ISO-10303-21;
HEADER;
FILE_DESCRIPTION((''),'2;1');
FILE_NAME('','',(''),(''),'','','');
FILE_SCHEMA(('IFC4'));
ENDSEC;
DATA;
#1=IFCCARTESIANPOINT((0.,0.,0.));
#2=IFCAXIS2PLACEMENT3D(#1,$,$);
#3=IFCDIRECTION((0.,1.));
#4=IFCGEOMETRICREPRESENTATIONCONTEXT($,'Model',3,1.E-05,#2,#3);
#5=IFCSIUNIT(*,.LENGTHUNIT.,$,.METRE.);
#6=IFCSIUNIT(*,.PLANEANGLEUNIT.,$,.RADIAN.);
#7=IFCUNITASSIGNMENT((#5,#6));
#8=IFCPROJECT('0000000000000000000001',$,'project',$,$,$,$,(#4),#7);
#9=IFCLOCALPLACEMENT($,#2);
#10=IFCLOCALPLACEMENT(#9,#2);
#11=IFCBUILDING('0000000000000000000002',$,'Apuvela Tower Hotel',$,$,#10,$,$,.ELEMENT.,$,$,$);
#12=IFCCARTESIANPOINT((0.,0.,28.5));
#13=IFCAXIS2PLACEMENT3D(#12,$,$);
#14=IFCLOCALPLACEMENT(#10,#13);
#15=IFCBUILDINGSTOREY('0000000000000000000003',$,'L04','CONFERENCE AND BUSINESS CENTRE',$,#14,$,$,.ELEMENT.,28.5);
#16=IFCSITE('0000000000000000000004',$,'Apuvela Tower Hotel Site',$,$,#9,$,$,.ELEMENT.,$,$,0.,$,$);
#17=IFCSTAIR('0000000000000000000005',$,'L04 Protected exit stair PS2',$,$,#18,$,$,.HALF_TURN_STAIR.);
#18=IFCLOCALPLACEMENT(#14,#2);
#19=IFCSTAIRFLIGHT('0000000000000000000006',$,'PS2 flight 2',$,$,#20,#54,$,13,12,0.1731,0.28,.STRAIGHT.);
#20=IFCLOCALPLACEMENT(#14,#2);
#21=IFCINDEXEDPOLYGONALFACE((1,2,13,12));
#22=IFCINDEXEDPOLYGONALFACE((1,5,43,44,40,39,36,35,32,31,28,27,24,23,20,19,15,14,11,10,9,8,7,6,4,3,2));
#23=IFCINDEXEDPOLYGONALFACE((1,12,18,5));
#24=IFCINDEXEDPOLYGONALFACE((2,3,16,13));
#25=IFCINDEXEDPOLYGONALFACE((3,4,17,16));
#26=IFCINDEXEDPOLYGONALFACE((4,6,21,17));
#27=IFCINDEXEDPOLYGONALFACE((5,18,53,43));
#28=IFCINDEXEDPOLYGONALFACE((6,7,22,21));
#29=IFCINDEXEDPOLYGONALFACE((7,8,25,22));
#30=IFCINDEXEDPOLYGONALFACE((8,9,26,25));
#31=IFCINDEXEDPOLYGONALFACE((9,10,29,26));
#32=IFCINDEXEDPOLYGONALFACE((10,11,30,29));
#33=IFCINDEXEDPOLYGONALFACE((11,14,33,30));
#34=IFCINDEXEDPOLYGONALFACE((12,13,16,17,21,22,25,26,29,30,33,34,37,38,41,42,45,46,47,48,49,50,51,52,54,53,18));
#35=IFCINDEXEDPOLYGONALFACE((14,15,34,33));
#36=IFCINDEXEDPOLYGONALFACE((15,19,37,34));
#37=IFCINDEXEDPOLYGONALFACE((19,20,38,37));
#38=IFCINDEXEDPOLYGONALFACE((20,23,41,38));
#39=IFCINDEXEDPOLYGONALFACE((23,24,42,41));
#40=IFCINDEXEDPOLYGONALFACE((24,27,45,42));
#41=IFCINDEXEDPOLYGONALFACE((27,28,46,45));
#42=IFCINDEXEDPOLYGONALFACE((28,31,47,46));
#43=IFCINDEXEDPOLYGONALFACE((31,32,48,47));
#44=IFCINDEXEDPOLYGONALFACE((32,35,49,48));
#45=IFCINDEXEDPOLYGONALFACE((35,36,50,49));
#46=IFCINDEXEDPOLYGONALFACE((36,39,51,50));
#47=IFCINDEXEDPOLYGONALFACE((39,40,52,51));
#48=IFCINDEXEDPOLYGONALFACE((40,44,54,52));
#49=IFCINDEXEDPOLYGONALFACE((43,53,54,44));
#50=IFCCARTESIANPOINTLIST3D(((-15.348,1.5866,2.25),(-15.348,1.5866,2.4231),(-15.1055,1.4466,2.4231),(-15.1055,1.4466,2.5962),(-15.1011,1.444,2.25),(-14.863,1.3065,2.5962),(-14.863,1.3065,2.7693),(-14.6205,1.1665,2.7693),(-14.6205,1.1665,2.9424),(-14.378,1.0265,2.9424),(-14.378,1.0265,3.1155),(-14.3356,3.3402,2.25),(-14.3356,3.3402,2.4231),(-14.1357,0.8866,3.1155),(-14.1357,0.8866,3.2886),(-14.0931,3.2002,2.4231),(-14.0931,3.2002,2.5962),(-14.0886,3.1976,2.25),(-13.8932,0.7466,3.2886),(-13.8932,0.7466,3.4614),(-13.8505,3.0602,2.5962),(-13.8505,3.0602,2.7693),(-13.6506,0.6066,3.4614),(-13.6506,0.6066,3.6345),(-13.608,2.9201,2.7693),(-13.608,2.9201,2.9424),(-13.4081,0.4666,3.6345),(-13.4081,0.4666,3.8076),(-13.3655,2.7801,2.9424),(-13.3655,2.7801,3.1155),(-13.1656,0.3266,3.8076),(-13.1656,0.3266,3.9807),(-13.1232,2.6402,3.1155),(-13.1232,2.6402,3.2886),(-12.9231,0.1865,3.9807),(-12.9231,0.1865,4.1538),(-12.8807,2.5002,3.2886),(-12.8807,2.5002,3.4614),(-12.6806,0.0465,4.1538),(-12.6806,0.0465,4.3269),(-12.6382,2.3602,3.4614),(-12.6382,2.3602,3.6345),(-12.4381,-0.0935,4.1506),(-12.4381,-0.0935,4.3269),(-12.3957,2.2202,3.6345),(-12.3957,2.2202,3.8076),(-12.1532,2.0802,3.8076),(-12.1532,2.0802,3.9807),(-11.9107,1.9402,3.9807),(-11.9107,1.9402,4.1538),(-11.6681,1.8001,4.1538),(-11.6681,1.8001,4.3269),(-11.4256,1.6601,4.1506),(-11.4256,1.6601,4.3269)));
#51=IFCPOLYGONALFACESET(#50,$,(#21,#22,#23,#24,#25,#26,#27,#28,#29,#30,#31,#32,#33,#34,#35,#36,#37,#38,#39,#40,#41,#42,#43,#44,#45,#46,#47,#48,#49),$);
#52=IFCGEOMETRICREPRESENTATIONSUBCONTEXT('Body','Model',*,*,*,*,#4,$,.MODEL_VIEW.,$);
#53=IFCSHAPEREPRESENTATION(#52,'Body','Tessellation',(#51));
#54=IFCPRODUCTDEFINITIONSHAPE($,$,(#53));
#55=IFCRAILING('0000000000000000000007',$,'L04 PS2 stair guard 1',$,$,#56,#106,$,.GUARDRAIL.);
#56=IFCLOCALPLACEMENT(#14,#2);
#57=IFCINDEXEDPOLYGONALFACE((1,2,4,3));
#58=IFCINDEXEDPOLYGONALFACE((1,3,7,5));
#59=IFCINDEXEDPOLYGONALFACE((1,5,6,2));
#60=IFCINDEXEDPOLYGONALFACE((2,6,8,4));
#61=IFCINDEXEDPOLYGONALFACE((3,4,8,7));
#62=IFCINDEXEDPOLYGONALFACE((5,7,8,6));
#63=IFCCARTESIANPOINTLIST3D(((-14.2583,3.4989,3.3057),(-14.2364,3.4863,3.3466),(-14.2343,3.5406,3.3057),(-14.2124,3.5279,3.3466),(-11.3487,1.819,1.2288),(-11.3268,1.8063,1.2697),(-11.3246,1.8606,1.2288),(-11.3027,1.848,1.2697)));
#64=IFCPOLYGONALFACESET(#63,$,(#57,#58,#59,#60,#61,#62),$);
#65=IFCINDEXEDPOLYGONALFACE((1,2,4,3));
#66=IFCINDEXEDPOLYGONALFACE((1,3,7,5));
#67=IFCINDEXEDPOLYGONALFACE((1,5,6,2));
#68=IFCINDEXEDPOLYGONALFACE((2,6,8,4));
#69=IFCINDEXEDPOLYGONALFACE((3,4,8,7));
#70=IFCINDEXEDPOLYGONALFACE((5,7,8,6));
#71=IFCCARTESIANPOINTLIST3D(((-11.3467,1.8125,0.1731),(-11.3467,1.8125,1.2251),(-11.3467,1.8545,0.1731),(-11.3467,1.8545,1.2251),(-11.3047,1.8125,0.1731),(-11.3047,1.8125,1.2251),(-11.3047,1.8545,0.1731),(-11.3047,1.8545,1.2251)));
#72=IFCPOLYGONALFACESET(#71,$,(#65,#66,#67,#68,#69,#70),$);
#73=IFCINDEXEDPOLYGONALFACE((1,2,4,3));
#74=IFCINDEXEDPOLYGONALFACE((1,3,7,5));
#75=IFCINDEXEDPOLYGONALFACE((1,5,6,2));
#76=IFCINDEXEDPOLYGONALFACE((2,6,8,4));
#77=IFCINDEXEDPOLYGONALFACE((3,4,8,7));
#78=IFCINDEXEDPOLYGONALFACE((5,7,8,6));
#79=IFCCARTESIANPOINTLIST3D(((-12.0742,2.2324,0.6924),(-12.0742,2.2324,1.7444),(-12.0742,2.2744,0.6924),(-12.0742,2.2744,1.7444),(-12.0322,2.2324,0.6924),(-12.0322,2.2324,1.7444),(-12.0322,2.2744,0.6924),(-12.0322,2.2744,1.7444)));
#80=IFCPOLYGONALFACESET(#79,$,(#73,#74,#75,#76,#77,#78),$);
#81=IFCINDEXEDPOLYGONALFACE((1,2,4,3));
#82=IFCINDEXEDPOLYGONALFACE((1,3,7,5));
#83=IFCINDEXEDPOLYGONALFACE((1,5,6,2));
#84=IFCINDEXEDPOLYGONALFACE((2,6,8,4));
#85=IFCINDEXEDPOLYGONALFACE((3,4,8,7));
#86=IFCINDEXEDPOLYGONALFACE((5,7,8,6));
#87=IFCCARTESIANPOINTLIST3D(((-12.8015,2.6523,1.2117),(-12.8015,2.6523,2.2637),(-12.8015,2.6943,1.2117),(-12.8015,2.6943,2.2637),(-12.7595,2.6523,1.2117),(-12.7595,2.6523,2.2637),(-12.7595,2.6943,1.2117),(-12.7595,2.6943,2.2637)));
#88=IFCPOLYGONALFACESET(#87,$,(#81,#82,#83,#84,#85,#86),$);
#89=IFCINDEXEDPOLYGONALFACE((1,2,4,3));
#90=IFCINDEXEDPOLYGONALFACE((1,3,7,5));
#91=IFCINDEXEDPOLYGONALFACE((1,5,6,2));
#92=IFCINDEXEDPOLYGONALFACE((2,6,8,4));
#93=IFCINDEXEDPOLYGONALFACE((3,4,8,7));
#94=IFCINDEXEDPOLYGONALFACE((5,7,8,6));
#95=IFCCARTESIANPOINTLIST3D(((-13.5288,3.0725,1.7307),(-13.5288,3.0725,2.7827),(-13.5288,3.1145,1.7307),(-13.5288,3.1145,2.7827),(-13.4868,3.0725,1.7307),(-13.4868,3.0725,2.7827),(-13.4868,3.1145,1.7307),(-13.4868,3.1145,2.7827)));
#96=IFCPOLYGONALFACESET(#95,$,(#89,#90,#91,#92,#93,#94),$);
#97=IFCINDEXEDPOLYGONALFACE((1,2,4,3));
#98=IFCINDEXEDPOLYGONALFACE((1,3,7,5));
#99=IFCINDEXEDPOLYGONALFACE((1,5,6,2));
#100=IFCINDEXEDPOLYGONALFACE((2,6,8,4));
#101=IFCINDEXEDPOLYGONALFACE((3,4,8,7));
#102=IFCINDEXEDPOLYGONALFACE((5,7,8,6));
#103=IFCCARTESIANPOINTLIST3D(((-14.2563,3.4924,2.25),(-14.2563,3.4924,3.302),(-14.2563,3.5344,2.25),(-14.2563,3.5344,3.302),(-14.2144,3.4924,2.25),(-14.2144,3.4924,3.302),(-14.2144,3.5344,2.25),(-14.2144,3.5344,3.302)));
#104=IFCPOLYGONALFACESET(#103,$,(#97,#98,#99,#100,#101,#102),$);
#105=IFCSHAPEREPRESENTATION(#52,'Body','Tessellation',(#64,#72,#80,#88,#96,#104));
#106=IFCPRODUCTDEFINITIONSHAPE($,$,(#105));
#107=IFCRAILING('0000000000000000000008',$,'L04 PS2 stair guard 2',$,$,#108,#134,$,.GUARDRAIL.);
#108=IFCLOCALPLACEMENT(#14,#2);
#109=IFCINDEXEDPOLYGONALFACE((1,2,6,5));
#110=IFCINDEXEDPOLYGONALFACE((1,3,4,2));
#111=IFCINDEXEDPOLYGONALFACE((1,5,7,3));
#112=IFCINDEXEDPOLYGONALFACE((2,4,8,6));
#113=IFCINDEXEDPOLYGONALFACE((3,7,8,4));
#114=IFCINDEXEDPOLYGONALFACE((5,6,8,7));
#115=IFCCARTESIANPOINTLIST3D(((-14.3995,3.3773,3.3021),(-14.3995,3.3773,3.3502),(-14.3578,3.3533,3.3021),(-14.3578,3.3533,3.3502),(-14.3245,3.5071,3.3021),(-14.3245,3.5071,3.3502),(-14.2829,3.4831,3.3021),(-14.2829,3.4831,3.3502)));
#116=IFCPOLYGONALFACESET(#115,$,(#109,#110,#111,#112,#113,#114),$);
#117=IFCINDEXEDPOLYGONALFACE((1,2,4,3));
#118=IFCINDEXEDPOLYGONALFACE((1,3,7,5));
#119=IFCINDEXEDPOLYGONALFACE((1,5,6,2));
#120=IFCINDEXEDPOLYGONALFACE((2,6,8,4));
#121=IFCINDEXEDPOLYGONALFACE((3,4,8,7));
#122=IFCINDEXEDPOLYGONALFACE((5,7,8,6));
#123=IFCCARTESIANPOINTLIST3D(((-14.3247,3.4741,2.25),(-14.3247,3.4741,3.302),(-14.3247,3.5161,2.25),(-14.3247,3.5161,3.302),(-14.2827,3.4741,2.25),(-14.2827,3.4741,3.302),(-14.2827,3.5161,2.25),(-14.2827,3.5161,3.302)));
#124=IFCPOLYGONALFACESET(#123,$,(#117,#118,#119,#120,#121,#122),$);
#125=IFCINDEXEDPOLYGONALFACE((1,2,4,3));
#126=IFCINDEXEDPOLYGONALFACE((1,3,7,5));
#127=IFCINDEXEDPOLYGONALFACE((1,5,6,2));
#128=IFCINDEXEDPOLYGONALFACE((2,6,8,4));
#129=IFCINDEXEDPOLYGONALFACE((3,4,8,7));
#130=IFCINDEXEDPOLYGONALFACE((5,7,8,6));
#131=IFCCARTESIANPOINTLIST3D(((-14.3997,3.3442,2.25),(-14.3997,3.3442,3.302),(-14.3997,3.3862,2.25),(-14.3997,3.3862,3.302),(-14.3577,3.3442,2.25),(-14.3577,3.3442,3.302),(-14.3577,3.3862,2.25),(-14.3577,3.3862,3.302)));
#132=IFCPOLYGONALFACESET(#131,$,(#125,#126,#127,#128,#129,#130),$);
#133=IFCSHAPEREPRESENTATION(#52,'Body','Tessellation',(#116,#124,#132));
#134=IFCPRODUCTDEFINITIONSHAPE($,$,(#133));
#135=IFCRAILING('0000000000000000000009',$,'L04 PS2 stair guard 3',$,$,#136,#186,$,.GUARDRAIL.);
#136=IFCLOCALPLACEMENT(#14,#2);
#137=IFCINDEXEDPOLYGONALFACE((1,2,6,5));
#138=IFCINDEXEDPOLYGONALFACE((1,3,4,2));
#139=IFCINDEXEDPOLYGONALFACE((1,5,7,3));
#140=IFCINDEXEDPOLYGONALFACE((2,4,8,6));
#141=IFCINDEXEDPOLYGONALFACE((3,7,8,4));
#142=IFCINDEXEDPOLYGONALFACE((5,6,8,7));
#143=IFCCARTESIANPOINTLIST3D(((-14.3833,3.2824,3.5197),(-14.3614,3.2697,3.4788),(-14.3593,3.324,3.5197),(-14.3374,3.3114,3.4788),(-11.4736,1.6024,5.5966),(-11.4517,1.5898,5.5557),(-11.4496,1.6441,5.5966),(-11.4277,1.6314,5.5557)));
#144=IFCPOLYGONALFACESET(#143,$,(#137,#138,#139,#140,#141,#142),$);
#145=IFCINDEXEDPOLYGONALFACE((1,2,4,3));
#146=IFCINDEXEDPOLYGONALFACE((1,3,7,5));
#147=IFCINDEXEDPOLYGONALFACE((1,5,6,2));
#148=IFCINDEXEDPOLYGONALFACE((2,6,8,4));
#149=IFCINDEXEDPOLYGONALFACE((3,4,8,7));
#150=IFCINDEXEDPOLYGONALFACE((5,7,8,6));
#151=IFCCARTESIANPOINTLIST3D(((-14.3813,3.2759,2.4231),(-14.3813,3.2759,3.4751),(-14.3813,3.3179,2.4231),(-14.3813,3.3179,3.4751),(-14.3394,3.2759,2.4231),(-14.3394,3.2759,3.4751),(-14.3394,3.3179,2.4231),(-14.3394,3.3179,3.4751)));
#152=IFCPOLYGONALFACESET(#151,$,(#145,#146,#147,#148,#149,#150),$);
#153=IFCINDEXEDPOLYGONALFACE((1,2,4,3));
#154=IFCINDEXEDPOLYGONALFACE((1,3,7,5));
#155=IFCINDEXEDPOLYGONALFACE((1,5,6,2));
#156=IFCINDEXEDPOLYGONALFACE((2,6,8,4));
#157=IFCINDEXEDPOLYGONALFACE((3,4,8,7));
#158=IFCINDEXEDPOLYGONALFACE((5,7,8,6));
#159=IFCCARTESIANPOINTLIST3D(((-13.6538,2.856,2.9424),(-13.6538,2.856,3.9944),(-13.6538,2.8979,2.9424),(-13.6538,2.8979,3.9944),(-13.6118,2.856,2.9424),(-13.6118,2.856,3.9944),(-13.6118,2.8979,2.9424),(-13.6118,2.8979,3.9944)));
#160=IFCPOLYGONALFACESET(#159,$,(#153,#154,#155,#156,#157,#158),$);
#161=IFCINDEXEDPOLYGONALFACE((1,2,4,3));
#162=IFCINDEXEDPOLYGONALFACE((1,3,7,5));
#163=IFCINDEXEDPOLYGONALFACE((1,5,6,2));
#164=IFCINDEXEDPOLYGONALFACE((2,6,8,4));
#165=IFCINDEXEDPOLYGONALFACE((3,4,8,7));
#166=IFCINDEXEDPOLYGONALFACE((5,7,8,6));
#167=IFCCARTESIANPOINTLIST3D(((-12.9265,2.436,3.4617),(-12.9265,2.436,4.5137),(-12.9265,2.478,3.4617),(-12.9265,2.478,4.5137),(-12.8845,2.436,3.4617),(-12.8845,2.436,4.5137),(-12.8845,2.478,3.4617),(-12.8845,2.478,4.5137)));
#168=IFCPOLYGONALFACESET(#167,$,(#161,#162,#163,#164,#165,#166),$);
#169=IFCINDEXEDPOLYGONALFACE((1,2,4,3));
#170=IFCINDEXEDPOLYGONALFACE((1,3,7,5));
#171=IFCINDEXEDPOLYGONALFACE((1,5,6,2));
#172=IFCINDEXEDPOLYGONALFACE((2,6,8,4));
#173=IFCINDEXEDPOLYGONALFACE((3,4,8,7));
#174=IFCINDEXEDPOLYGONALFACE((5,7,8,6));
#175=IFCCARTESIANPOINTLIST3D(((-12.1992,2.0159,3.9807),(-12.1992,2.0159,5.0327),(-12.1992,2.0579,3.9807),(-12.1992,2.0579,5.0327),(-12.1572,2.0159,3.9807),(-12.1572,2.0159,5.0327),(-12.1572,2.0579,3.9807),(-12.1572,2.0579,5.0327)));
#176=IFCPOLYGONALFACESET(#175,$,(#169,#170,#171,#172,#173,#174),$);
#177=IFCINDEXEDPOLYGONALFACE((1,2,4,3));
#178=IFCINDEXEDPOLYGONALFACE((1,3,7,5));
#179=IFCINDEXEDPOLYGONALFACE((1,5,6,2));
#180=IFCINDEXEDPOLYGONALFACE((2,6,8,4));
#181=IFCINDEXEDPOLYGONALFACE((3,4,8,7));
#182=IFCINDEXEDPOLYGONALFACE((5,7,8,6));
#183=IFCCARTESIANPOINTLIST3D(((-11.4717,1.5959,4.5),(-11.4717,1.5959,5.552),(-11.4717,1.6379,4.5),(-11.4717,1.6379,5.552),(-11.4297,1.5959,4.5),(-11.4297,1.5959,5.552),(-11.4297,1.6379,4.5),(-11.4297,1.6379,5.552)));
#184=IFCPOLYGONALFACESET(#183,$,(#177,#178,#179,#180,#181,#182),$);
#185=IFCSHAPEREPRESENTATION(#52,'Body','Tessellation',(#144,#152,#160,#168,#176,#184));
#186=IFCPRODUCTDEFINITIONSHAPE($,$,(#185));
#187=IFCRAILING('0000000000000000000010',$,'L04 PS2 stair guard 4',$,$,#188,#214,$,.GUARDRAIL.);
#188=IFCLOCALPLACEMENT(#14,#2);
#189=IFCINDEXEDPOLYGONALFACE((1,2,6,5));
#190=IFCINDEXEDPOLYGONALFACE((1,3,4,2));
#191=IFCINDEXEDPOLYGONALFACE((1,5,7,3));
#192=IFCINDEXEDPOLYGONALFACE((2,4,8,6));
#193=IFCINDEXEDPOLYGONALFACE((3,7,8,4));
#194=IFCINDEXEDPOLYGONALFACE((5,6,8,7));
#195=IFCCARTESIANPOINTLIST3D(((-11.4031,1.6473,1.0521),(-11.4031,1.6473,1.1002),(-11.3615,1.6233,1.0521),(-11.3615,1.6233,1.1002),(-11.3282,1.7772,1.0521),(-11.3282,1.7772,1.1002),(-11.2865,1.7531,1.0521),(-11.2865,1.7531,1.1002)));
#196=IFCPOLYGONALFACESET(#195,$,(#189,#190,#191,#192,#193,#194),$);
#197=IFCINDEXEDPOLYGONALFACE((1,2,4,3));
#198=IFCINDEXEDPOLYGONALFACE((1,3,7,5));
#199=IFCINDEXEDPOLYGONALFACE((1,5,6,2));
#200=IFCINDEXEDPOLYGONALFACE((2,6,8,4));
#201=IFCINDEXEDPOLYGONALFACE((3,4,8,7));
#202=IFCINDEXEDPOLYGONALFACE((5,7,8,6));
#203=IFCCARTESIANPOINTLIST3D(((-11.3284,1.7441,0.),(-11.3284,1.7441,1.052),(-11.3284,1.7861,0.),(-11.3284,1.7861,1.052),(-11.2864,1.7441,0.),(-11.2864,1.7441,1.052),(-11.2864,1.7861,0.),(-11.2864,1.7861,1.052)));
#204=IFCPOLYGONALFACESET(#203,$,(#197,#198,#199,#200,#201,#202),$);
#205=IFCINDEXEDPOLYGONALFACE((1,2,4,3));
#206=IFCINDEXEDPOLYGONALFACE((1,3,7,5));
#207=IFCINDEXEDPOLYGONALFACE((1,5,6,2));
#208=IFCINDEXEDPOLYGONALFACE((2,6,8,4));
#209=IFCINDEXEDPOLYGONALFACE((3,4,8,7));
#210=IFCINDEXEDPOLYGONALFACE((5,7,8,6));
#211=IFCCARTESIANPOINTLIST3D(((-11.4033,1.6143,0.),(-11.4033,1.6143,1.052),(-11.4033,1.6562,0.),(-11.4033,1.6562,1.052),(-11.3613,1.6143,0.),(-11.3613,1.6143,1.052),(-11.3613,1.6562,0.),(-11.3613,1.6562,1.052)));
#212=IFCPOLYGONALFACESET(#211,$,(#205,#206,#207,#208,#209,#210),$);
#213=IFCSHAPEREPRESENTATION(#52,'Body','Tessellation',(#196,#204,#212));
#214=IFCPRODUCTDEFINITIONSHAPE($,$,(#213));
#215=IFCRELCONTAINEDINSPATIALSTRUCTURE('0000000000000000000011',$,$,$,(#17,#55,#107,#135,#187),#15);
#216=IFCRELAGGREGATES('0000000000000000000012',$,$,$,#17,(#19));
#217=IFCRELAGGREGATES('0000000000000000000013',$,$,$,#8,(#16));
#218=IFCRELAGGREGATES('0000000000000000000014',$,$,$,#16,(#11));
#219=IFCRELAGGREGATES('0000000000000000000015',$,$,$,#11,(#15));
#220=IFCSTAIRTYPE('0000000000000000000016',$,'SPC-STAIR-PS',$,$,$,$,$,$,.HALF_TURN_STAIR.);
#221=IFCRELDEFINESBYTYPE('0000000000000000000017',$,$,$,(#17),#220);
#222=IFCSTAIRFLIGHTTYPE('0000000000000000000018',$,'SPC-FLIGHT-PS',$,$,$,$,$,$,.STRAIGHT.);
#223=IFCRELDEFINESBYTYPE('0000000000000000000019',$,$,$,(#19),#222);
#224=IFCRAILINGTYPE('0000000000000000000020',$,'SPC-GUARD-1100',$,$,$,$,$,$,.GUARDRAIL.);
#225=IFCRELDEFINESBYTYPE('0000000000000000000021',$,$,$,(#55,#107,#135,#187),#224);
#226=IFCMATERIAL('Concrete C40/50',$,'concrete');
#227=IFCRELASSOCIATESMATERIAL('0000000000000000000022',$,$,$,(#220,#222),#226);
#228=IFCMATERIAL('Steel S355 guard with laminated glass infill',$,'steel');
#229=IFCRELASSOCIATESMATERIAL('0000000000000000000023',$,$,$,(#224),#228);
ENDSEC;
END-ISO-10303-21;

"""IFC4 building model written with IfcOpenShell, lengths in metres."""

from ifc_helpers import new_model, si_unit, direction, frame, origin, origin_2d, place, context, subcontext, project, spatial, polyline, rectangle, outline, extrude, material, type_object, element, aggregate, save


model = new_model("IFC4")

# Units and contexts
model_context = context("Model", 3, precision=1e-05, world=origin(), true_north=direction((0.0, 1.0)))
body_context = subcontext(model_context, "Body", "Model", "MODEL_VIEW")
ifc_project = project(units=[si_unit("LENGTHUNIT", "METRE"), si_unit("PLANEANGLEUNIT", "RADIAN")], contexts=[model_context])

# Site, building, storey
site_placement = place(None, origin())
site = spatial("IfcSite", under=ifc_project, at=site_placement, Name="Apuvela Tower Hotel Site", CompositionType="ELEMENT", RefElevation=0.0)
building_placement = place(site_placement, origin())
building = spatial("IfcBuilding", under=site, at=building_placement, Name="Apuvela Tower Hotel", CompositionType="ELEMENT")
storey_placement = place(building_placement, frame((0.0, 0.0, 28.5)))
storey = spatial("IfcBuildingStorey", under=building, at=storey_placement, Name="L04", Description="CONFERENCE AND BUSINESS CENTRE", CompositionType="ELEMENT", Elevation=28.5)

# Stair
ifc_material_1 = material(Name="Concrete C40/50", Category="concrete")
stair_type_1 = type_object("IfcStairType", Name="SPC-STAIR-PS", PredefinedType="HALF_TURN_STAIR", material=ifc_material_1)
stair_1_placement = place(storey_placement, origin())
stair_1 = element("IfcStair", 1, at=stair_1_placement, inside=storey, type_object=stair_type_1, Name="L04 Protected exit stair PS2", PredefinedType="HALF_TURN_STAIR")

# Stair flight
stair_flight_type = type_object("IfcStairFlightType", Name="SPC-FLIGHT-PS", PredefinedType="STRAIGHT", material=ifc_material_1)
stair_flight_1_placement = place(storey_placement, frame((-14.8418, 2.4634, 2.25), z_axis=(0.0, 0.0, 1.0), x_axis=(0.866025, -0.5, 0.0)))
stair_flight_1 = element("IfcStairFlight", 2, at=stair_flight_1_placement, type_object=stair_flight_type, Name="PS2 flight 2", NumberOfRisers=13, NumberOfTreads=12, PredefinedType="STRAIGHT", RiserHeight=0.1731, TreadLength=0.28, context=body_context, shape_type="SweptSolid", body=[
    extrude(outline(polyline([(0.0, 0.0), (0.0, 0.1731), (0.28, 0.1731), (0.28, 0.3462), (0.5601, 0.3462), (0.5601, 0.5193), (0.8401, 0.5193), (0.8401, 0.6924), (1.1201, 0.6924), (1.1201, 0.8655), (1.3999, 0.8655), (1.3999, 1.0386), (1.6799, 1.0386), (1.6799, 1.2114), (1.96, 1.2114), (1.96, 1.3845), (2.24, 1.3845), (2.24, 1.5576), (2.52, 1.5576), (2.52, 1.7307), (2.8, 1.7307), (2.8, 1.9038), (3.0801, 1.9038), (3.0801, 2.0769), (3.3601, 2.0769), (3.3601, 2.25), (3.3601, 1.9006), (0.2852, 0.0), (0.0, 0.0)])), frame((0.0, 1.0125, 0.0), z_axis=(0.0, -1.0, 0.0), x_axis=(1.0, 0.0, 0.0)), (0.0, 0.0, 1.0), 2.0249),
])
aggregate(stair_1, [stair_flight_1])

# Railings
ifc_material_2 = material(Name="Steel S355 guard with laminated glass infill", Category="steel")
railing_type_1 = type_object("IfcRailingType", Name="SPC-GUARD-1100", PredefinedType="GUARDRAIL", material=ifc_material_2)
railing_1_placement = place(storey_placement, frame((-11.3257, 1.8335, 0.1731)))
element("IfcRailing", 3, at=railing_1_placement, inside=storey, type_object=railing_type_1, Name="L04 PS2 stair guard 1", PredefinedType="GUARDRAIL", context=body_context, shape_type="SweptSolid", body=[
    extrude(rectangle(XDim=0.0481, YDim=0.0481, at=origin_2d()), frame((0.0, 0.0, 1.0762), z_axis=(-0.73664, 0.425308, 0.525809), x_axis=(-0.500008, -0.866021, 0.0)), (0.0, 0.0, 1.0), 3.95),
    extrude(rectangle(XDim=0.042, YDim=0.042, at=origin_2d()), origin(), (0.0, 0.0, 1.0), 1.052),
    extrude(rectangle(XDim=0.042, YDim=0.042, at=origin_2d()), frame((-0.7275, 0.4199, 0.5193)), (0.0, 0.0, 1.0), 1.052),
    extrude(rectangle(XDim=0.042, YDim=0.042, at=origin_2d()), frame((-1.4548, 0.8398, 1.0386)), (0.0, 0.0, 1.0), 1.052),
    extrude(rectangle(XDim=0.042, YDim=0.042, at=origin_2d()), frame((-2.1821, 1.26, 1.5576)), (0.0, 0.0, 1.0), 1.052),
    extrude(rectangle(XDim=0.042, YDim=0.042, at=origin_2d()), frame((-2.9097, 1.6799, 2.0769)), (0.0, 0.0, 1.0), 1.052),
])
railing_2_placement = place(storey_placement, frame((-14.3037, 3.4951, 2.25)))
element("IfcRailing", 4, at=railing_2_placement, inside=storey, type_object=railing_type_1, Name="L04 PS2 stair guard 2", PredefinedType="GUARDRAIL", context=body_context, shape_type="SweptSolid", body=[
    extrude(rectangle(XDim=0.0481, YDim=0.0481, at=origin_2d()), frame((0.0, 0.0, 1.0762), z_axis=(-0.499816, -0.866131, 0.0), x_axis=(0.866131, -0.499816, 0.0)), (0.0, 0.0, 1.0), 0.1499),
    extrude(rectangle(XDim=0.042, YDim=0.042, at=origin_2d()), origin(), (0.0, 0.0, 1.0), 1.052),
    extrude(rectangle(XDim=0.042, YDim=0.042, at=origin_2d()), frame((-0.075, -0.1299, 0.0)), (0.0, 0.0, 1.0), 1.052),
])
railing_3_placement = place(storey_placement, frame((-14.3604, 3.2969, 2.4231)))
element("IfcRailing", 5, at=railing_3_placement, inside=storey, type_object=railing_type_1, Name="L04 PS2 stair guard 3", PredefinedType="GUARDRAIL", context=body_context, shape_type="SweptSolid", body=[
    extrude(rectangle(XDim=0.0481, YDim=0.0481, at=origin_2d()), frame((0.0, 0.0, 1.0762), z_axis=(0.73664, -0.425308, 0.525809), x_axis=(0.500008, 0.866021, 0.0)), (0.0, 0.0, 1.0), 3.95),
    extrude(rectangle(XDim=0.042, YDim=0.042, at=origin_2d()), origin(), (0.0, 0.0, 1.0), 1.052),
    extrude(rectangle(XDim=0.042, YDim=0.042, at=origin_2d()), frame((0.7275, -0.4199, 0.5193)), (0.0, 0.0, 1.0), 1.052),
    extrude(rectangle(XDim=0.042, YDim=0.042, at=origin_2d()), frame((1.4548, -0.8398, 1.0386)), (0.0, 0.0, 1.0), 1.052),
    extrude(rectangle(XDim=0.042, YDim=0.042, at=origin_2d()), frame((2.1821, -1.26, 1.5576)), (0.0, 0.0, 1.0), 1.052),
    extrude(rectangle(XDim=0.042, YDim=0.042, at=origin_2d()), frame((2.9097, -1.6799, 2.0769)), (0.0, 0.0, 1.0), 1.052),
])
railing_4_placement = place(storey_placement, frame((-11.3074, 1.7651, 0.0)))
element("IfcRailing", 6, at=railing_4_placement, inside=storey, type_object=railing_type_1, Name="L04 PS2 stair guard 4", PredefinedType="GUARDRAIL", context=body_context, shape_type="SweptSolid", body=[
    extrude(rectangle(XDim=0.0481, YDim=0.0481, at=origin_2d()), frame((0.0, 0.0, 1.0762), z_axis=(-0.499816, -0.866131, 0.0), x_axis=(0.866131, -0.499816, 0.0)), (0.0, 0.0, 1.0), 0.1499),
    extrude(rectangle(XDim=0.042, YDim=0.042, at=origin_2d()), origin(), (0.0, 0.0, 1.0), 1.052),
    extrude(rectangle(XDim=0.042, YDim=0.042, at=origin_2d()), frame((-0.075, -0.1299, 0.0)), (0.0, 0.0, 1.0), 1.052),
])

save(model, "model.ifc")
